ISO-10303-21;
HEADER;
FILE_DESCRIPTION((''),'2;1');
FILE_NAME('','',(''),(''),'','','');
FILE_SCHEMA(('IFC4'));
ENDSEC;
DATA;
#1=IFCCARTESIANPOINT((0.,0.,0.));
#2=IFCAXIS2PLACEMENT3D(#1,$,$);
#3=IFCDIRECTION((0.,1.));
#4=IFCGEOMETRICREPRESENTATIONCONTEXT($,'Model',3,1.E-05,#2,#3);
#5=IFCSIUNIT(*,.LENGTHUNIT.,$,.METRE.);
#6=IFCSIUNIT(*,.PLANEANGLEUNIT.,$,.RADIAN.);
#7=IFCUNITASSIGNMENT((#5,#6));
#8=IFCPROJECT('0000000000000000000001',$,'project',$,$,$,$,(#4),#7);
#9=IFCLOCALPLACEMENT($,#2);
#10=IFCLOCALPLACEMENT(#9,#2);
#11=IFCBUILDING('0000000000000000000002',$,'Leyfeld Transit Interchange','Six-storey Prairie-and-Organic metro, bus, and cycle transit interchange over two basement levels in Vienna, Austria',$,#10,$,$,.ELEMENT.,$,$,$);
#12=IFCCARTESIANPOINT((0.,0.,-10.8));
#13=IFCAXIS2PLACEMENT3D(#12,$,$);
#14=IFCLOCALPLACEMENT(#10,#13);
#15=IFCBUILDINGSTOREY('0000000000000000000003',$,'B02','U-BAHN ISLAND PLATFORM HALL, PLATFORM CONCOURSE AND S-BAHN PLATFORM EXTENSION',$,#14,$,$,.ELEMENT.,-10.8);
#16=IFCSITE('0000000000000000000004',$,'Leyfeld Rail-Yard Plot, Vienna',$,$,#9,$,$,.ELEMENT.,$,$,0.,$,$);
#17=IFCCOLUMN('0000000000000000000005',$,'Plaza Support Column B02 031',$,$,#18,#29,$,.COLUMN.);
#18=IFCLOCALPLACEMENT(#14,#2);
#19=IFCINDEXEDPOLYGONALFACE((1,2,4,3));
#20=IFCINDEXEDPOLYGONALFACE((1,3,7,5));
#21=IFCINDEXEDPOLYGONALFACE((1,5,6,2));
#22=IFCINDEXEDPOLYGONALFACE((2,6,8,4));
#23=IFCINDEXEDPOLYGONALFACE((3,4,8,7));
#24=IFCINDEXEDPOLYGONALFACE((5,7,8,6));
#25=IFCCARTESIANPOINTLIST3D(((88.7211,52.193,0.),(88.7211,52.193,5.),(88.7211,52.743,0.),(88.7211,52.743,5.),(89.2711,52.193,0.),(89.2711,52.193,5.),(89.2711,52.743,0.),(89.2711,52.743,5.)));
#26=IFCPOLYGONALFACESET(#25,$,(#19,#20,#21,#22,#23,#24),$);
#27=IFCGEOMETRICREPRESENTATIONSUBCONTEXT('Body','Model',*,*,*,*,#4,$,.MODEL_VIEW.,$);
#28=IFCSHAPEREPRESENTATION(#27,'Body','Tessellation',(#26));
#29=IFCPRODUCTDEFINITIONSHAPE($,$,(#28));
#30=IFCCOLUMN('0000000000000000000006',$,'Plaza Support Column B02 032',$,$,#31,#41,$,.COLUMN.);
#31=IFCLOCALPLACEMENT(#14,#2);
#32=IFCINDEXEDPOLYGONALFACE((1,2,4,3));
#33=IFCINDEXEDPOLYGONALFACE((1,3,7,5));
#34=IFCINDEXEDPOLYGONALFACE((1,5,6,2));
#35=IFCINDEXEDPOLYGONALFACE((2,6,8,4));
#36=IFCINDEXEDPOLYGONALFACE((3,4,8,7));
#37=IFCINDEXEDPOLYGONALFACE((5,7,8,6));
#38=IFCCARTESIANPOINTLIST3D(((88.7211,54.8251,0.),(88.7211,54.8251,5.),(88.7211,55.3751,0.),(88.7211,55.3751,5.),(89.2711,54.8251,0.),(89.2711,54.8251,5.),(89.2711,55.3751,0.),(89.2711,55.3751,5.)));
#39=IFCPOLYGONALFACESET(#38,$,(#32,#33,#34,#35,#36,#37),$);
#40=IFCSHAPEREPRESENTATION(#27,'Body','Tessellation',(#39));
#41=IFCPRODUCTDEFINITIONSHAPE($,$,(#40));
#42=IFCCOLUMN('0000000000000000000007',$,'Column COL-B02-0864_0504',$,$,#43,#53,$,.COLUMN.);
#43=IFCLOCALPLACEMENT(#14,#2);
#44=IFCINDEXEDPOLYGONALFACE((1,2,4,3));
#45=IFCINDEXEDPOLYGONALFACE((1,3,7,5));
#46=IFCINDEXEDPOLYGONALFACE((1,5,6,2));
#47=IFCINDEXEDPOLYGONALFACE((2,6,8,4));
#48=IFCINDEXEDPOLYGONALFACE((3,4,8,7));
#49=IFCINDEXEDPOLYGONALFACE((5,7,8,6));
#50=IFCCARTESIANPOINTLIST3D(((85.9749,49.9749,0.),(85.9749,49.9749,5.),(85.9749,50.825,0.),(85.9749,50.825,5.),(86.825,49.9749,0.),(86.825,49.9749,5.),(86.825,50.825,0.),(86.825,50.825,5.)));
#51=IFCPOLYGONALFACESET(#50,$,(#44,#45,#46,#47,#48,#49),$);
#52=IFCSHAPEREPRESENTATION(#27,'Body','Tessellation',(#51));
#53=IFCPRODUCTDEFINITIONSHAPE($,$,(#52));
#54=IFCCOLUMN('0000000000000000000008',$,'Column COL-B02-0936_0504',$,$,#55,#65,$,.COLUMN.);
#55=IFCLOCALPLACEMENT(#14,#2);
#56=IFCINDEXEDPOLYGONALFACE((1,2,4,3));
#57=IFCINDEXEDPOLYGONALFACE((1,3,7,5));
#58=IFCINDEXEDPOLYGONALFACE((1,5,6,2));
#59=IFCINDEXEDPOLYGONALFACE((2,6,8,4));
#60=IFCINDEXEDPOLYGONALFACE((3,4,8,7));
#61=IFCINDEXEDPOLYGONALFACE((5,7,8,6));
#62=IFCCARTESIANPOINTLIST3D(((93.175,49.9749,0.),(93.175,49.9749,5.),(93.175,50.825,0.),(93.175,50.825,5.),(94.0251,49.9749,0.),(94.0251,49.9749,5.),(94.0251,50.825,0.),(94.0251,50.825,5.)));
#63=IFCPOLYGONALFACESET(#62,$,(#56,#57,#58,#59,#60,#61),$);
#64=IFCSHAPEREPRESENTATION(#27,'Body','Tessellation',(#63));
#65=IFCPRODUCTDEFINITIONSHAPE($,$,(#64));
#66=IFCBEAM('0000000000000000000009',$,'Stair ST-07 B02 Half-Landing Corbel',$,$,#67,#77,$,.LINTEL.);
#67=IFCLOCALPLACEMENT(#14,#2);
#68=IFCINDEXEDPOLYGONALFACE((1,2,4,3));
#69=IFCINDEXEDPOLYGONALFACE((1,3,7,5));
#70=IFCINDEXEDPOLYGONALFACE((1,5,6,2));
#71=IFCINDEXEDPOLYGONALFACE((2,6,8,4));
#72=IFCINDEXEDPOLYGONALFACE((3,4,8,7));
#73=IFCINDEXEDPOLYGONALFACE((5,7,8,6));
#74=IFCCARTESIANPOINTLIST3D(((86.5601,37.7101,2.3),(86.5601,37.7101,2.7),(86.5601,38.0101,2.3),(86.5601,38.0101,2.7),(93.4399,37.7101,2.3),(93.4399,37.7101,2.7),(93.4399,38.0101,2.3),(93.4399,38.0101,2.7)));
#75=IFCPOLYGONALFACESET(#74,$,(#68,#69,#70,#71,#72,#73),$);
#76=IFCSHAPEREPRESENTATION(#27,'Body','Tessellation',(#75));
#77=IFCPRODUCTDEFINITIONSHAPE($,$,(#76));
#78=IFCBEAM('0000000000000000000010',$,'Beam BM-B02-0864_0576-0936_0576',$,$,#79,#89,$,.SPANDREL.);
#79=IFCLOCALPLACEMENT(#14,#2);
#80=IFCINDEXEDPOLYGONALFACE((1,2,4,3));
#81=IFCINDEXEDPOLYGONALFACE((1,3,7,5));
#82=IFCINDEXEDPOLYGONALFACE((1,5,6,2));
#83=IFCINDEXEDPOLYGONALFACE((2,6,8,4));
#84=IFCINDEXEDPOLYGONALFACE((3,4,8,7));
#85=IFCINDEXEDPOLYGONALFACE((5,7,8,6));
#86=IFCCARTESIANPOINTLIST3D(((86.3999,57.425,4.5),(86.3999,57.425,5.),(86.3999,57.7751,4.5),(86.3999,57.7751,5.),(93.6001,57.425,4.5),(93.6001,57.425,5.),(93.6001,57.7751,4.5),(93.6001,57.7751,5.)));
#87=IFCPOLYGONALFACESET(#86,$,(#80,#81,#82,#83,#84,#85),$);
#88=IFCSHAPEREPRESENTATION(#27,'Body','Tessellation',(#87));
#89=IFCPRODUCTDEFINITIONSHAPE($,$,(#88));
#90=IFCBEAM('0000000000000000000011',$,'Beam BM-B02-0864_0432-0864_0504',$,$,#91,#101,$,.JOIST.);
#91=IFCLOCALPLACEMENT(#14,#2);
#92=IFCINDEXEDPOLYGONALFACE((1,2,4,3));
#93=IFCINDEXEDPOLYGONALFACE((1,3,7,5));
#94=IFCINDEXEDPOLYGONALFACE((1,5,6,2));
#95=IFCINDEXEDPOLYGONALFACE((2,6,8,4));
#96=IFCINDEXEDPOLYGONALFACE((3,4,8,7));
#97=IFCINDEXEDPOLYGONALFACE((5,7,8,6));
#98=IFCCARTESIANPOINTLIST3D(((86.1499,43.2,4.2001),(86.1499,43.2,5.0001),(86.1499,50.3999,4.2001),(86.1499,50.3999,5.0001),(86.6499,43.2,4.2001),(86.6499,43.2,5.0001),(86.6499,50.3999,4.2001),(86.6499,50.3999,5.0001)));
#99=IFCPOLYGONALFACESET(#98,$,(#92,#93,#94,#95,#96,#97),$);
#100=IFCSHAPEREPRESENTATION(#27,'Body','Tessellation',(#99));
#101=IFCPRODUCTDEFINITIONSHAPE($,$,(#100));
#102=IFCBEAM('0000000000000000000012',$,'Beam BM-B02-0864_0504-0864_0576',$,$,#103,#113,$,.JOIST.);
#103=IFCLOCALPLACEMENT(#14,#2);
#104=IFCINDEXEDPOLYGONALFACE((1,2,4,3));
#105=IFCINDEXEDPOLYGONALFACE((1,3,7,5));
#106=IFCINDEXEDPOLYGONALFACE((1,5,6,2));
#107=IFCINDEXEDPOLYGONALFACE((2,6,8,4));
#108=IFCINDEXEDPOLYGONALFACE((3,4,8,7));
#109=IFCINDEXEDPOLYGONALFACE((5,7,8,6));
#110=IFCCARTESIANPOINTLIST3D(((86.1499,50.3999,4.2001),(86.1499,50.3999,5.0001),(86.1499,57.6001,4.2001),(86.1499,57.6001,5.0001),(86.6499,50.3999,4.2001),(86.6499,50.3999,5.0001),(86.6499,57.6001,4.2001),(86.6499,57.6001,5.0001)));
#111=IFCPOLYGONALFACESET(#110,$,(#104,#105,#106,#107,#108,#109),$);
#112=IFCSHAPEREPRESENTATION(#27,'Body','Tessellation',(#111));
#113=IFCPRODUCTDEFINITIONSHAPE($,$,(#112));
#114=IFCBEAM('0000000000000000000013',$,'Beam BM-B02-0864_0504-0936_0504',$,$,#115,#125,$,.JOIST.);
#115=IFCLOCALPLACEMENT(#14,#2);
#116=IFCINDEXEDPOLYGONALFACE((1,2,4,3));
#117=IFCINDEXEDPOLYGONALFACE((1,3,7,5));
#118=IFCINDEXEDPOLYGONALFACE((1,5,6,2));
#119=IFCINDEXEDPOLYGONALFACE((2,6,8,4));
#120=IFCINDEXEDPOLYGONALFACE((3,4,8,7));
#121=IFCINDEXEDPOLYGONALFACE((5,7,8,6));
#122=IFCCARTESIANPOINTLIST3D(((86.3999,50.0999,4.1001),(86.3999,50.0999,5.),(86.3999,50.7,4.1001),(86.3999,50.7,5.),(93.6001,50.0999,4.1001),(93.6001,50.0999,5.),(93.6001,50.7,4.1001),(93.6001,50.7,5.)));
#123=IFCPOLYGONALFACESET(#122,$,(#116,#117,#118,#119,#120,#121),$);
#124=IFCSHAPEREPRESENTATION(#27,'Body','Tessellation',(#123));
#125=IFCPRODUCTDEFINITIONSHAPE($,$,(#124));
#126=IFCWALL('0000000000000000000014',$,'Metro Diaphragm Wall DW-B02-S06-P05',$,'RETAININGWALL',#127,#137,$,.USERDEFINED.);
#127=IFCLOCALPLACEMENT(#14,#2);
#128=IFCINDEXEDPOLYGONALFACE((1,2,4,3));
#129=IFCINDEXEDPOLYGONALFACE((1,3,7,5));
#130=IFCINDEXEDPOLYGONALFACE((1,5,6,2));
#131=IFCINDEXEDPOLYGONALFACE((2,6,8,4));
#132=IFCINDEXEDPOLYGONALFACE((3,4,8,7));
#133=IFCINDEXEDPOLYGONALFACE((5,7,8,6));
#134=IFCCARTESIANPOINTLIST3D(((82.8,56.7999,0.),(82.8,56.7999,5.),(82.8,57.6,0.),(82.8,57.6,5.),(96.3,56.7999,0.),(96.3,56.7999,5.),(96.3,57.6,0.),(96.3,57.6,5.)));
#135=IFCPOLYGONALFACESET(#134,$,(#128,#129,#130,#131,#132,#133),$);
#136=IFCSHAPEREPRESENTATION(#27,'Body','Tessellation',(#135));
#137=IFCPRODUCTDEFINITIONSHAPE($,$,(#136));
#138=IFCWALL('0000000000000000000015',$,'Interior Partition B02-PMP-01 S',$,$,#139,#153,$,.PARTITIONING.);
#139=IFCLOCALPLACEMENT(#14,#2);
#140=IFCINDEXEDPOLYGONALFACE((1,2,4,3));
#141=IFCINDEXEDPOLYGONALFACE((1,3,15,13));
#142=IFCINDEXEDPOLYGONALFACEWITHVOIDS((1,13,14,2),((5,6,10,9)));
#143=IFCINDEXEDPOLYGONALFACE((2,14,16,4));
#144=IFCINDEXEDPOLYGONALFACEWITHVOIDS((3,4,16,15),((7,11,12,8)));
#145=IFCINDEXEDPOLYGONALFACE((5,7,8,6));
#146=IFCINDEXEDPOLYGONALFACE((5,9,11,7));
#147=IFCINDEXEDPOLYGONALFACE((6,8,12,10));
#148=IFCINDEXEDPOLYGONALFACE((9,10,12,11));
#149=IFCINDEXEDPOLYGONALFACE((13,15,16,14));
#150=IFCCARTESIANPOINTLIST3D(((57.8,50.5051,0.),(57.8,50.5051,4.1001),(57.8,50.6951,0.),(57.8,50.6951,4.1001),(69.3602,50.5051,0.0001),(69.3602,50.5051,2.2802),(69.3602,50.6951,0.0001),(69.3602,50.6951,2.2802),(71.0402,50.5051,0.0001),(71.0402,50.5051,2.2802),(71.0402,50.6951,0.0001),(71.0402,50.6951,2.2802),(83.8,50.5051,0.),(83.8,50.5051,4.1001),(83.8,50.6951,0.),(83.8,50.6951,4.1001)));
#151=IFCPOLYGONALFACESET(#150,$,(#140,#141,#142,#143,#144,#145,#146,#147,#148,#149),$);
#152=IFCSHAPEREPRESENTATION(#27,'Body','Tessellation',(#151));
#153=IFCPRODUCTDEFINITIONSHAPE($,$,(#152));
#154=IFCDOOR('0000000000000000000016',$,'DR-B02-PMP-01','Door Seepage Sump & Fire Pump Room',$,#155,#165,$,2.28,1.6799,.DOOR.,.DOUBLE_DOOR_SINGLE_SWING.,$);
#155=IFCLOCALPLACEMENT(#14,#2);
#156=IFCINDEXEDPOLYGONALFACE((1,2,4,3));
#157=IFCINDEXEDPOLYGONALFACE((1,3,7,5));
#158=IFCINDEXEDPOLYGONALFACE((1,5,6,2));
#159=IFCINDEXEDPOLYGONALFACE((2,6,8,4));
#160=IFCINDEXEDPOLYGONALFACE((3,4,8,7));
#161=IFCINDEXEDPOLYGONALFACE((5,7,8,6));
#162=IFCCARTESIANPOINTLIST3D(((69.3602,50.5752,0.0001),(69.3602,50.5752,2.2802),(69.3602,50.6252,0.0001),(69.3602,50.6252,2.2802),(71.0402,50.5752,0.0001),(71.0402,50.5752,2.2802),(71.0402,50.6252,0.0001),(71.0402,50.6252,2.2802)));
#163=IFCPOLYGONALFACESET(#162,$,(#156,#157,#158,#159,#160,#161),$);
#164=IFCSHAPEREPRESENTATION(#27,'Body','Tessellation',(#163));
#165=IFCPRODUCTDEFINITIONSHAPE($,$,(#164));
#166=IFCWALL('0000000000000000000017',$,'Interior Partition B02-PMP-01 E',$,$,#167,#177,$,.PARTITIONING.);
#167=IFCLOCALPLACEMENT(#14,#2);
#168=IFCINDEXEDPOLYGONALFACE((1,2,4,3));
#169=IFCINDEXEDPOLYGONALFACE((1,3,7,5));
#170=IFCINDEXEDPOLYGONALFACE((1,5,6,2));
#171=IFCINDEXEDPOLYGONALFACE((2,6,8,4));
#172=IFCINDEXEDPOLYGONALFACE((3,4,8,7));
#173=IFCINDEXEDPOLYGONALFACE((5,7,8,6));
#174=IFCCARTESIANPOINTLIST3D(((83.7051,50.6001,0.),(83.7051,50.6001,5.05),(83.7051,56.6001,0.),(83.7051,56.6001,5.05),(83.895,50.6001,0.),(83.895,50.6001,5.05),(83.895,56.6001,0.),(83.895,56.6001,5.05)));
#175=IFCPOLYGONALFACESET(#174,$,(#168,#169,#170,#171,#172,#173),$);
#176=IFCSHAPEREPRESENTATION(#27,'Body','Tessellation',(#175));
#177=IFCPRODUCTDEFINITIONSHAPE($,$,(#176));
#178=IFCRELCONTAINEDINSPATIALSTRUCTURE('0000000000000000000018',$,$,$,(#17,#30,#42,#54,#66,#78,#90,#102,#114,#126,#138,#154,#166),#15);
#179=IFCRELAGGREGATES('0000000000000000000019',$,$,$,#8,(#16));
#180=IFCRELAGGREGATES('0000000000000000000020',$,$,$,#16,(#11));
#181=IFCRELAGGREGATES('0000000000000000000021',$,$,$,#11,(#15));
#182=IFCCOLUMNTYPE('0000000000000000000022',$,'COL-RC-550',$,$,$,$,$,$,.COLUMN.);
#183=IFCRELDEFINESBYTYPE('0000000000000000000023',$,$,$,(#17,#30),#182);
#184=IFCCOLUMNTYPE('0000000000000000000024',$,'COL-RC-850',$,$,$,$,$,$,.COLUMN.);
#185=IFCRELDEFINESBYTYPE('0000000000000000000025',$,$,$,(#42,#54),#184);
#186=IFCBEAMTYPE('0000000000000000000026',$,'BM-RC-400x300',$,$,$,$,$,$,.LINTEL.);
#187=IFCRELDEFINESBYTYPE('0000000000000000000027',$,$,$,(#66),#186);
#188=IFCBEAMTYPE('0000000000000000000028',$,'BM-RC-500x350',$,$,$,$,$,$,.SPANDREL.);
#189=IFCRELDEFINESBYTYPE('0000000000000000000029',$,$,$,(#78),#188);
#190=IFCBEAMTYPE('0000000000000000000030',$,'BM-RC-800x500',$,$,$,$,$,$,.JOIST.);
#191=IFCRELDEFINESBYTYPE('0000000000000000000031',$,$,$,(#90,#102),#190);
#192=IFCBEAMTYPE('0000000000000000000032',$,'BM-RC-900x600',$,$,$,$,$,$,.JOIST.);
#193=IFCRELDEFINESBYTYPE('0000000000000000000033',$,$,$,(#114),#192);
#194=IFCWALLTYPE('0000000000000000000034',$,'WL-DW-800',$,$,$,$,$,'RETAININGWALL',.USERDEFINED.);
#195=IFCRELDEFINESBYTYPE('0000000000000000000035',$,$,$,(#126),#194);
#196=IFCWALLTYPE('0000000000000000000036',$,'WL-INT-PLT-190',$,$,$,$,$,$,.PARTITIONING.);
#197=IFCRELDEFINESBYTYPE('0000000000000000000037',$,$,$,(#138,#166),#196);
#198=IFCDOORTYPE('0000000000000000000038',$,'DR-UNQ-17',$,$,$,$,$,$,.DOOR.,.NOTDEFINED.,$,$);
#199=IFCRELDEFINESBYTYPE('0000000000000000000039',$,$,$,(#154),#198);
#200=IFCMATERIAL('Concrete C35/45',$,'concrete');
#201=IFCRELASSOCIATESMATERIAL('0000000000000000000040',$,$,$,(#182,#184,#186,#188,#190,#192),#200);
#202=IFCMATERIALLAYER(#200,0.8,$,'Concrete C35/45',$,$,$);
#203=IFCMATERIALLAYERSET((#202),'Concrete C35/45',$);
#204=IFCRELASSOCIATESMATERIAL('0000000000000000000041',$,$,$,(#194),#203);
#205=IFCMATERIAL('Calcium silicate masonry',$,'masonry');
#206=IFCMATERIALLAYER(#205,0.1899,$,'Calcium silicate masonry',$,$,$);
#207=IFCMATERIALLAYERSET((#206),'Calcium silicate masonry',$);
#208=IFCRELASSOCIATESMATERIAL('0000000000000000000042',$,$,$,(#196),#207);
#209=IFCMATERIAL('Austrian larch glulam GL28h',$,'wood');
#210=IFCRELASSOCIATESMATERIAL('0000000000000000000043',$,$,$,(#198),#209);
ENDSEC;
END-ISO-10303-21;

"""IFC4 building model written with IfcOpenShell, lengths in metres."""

from ifc_helpers import new_model, si_unit, direction, frame, frame_2d, origin, origin_2d, place, context, subcontext, project, spatial, rectangle, extrude, material, layer, layer_set, material_profile, profile_set, type_object, element, fill, save


model = new_model("IFC4")

# Units and contexts
model_context = context("Model", 3, precision=1e-05, world=origin(), true_north=direction((0.0, 1.0)))
body_context = subcontext(model_context, "Body", "Model", "MODEL_VIEW")
ifc_project = project(units=[si_unit("LENGTHUNIT", "METRE"), si_unit("PLANEANGLEUNIT", "RADIAN")], contexts=[model_context])

# Site, building, storey
site_placement = place(None, origin())
site = spatial("IfcSite", under=ifc_project, at=site_placement, Name="Leyfeld Rail-Yard Plot, Vienna", CompositionType="ELEMENT", RefElevation=0.0)
building_placement = place(site_placement, origin())
building = spatial("IfcBuilding", under=site, at=building_placement, Name="Leyfeld Transit Interchange", Description="Six-storey Prairie-and-Organic metro, bus, and cycle transit interchange over two basement levels in Vienna, Austria", CompositionType="ELEMENT")
storey_placement = place(building_placement, frame((0.0, 0.0, -10.8)))
storey = spatial("IfcBuildingStorey", under=building, at=storey_placement, Name="B02", Description="U-BAHN ISLAND PLATFORM HALL, PLATFORM CONCOURSE AND S-BAHN PLATFORM EXTENSION", CompositionType="ELEMENT", Elevation=-10.8)

# Shared definitions
ifc_material_1 = material(Name="Concrete C35/45", Category="concrete")

# Columns
ifc_material_profile_1 = material_profile(ifc_material_1, rectangle(XDim=0.55, YDim=0.55, at=origin_2d()), Name="RC 550x550")
ifc_profile_set_1 = profile_set([ifc_material_profile_1], Name="Concrete C35/45")
column_type_1 = type_object("IfcColumnType", Name="COL-RC-550", PredefinedType="COLUMN", material=ifc_profile_set_1)
for number, where, z_axis, x_axis, name in (
    (1, (88.9961, 52.468, 0.0), (0.0, 0.0, 1.0), (1.0, 0.0, 0.0), "Plaza Support Column B02 031"),
    (2, (88.9961, 55.1001, 0.0), (0.0, 0.0, 1.0), (1.0, 0.0, 0.0), "Plaza Support Column B02 032"),
):
    element("IfcColumn", number, at=place(storey_placement, frame(where, z_axis=z_axis, x_axis=x_axis)), inside=storey, type_object=column_type_1, Name=name, PredefinedType="COLUMN", context=body_context, shape_type="SweptSolid", body=[
        extrude(rectangle(XDim=0.55, YDim=0.55, at=origin_2d()), origin(), (0.0, 0.0, 1.0), 5.0),
    ])
ifc_material_profile_2 = material_profile(ifc_material_1, rectangle(XDim=0.8501, YDim=0.8501, at=origin_2d()), Name="RC 850x850")
ifc_profile_set_2 = profile_set([ifc_material_profile_2], Name="Concrete C35/45")
column_type_2 = type_object("IfcColumnType", Name="COL-RC-850", PredefinedType="COLUMN", material=ifc_profile_set_2)
for number, where, z_axis, x_axis, name in (
    (3, (86.3999, 50.3999, 0.0), (0.0, 0.0, 1.0), (1.0, 0.0, 0.0), "Column COL-B02-0864_0504"),
    (4, (93.6001, 50.3999, 0.0), (0.0, 0.0, 1.0), (1.0, 0.0, 0.0), "Column COL-B02-0936_0504"),
):
    element("IfcColumn", number, at=place(storey_placement, frame(where, z_axis=z_axis, x_axis=x_axis)), inside=storey, type_object=column_type_2, Name=name, PredefinedType="COLUMN", context=body_context, shape_type="SweptSolid", body=[
        extrude(rectangle(XDim=0.8501, YDim=0.8501, at=origin_2d()), origin(), (0.0, 0.0, 1.0), 5.0),
    ])

# Beams
ifc_material_profile_3 = material_profile(ifc_material_1, rectangle(XDim=0.3, YDim=0.3999, at=origin_2d()), Name="RC 400x300")
ifc_profile_set_3 = profile_set([ifc_material_profile_3], Name="Concrete C35/45")
beam_type_1 = type_object("IfcBeamType", Name="BM-RC-400x300", PredefinedType="LINTEL", material=ifc_profile_set_3)
beam_1_placement = place(storey_placement, frame((86.5601, 37.8601, 2.5), z_axis=(1.0, 0.0, 0.0), x_axis=(0.0, 1.0, 0.0)))
element("IfcBeam", 5, at=beam_1_placement, inside=storey, type_object=beam_type_1, Name="Stair ST-07 B02 Half-Landing Corbel", PredefinedType="LINTEL", context=body_context, shape_type="SweptSolid", body=[
    extrude(rectangle(XDim=0.3, YDim=0.3999, at=origin_2d()), origin(), (0.0, 0.0, 1.0), 6.8799),
])
ifc_material_profile_4 = material_profile(ifc_material_1, rectangle(XDim=0.3501, YDim=0.5, at=origin_2d()), Name="RC 500x350")
ifc_profile_set_4 = profile_set([ifc_material_profile_4], Name="Concrete C35/45")
beam_type_2 = type_object("IfcBeamType", Name="BM-RC-500x350", PredefinedType="SPANDREL", material=ifc_profile_set_4)
beam_2_placement = place(storey_placement, frame((86.3999, 57.6001, 4.75), z_axis=(1.0, 0.0, 0.0), x_axis=(0.0, 1.0, 0.0)))
element("IfcBeam", 6, at=beam_2_placement, inside=storey, type_object=beam_type_2, Name="Beam BM-B02-0864_0576-0936_0576", PredefinedType="SPANDREL", context=body_context, shape_type="SweptSolid", body=[
    extrude(rectangle(XDim=0.3501, YDim=0.5, at=origin_2d()), origin(), (0.0, 0.0, 1.0), 7.2002),
])
ifc_material_profile_5 = material_profile(ifc_material_1, rectangle(XDim=0.5, YDim=0.8, at=origin_2d()), Name="RC 800x500")
ifc_profile_set_5 = profile_set([ifc_material_profile_5], Name="Concrete C35/45")
beam_type_3 = type_object("IfcBeamType", Name="BM-RC-800x500", PredefinedType="JOIST", material=ifc_profile_set_5)
beam_3_placement = place(storey_placement, frame((86.3999, 43.2, 4.6001), z_axis=(0.0, 1.0, 0.0), x_axis=(-1.0, 0.0, 0.0)))
element("IfcBeam", 7, at=beam_3_placement, inside=storey, type_object=beam_type_3, Name="Beam BM-B02-0864_0432-0864_0504", PredefinedType="JOIST", context=body_context, shape_type="SweptSolid", body=[
    extrude(rectangle(XDim=0.5, YDim=0.8, at=origin_2d()), origin(), (0.0, 0.0, 1.0), 7.2),
])
beam_4_placement = place(storey_placement, frame((86.3999, 50.3999, 4.6001), z_axis=(0.0, 1.0, 0.0), x_axis=(-1.0, 0.0, 0.0)))
element("IfcBeam", 8, at=beam_4_placement, inside=storey, type_object=beam_type_3, Name="Beam BM-B02-0864_0504-0864_0576", PredefinedType="JOIST", context=body_context, shape_type="SweptSolid", body=[
    extrude(rectangle(XDim=0.5, YDim=0.8, at=origin_2d()), origin(), (0.0, 0.0, 1.0), 7.2002),
])
ifc_material_profile_6 = material_profile(ifc_material_1, rectangle(XDim=0.6001, YDim=0.8999, at=origin_2d()), Name="RC 900x600")
ifc_profile_set_6 = profile_set([ifc_material_profile_6], Name="Concrete C35/45")
beam_type_4 = type_object("IfcBeamType", Name="BM-RC-900x600", PredefinedType="JOIST", material=ifc_profile_set_6)
beam_5_placement = place(storey_placement, frame((86.3999, 50.3999, 4.55), z_axis=(1.0, 0.0, 0.0), x_axis=(0.0, 1.0, 0.0)))
element("IfcBeam", 9, at=beam_5_placement, inside=storey, type_object=beam_type_4, Name="Beam BM-B02-0864_0504-0936_0504", PredefinedType="JOIST", context=body_context, shape_type="SweptSolid", body=[
    extrude(rectangle(XDim=0.6001, YDim=0.8999, at=origin_2d()), origin(), (0.0, 0.0, 1.0), 7.2002),
])

# Wall
ifc_layer_1 = layer(ifc_material_1, 0.8, Name="Concrete C35/45")
ifc_layer_set_1 = layer_set([ifc_layer_1], Name="Concrete C35/45")
wall_type_1 = type_object("IfcWallType", Name="WL-DW-800", ElementType="RETAININGWALL", PredefinedType="USERDEFINED", material=ifc_layer_set_1)
wall_1_placement = place(storey_placement, frame((82.8, 57.2, 0.0), z_axis=(0.0, 0.0, 1.0), x_axis=(1.0, 0.0, 0.0)))
element("IfcWall", 10, at=wall_1_placement, inside=storey, type_object=wall_type_1, Name="Metro Diaphragm Wall DW-B02-S06-P05", ObjectType="RETAININGWALL", PredefinedType="USERDEFINED", context=body_context, shape_type="SweptSolid", body=[
    extrude(rectangle(XDim=13.5, YDim=0.8, at=frame_2d((6.75, 0.0))), origin(), (0.0, 0.0, 1.0), 5.0),
])

# Wall, opening, door
ifc_material_2 = material(Name="Calcium silicate masonry", Category="masonry")
ifc_layer_2 = layer(ifc_material_2, 0.1899, Name="Calcium silicate masonry")
ifc_layer_set_2 = layer_set([ifc_layer_2], Name="Calcium silicate masonry")
wall_type_2 = type_object("IfcWallType", Name="WL-INT-PLT-190", PredefinedType="PARTITIONING", material=ifc_layer_set_2)
wall_2_placement = place(storey_placement, frame((83.8, 50.6001, 0.0), z_axis=(0.0, 0.0, 1.0), x_axis=(-1.0, 0.0, 0.0)))
wall_2 = element("IfcWall", 11, at=wall_2_placement, inside=storey, type_object=wall_type_2, Name="Interior Partition B02-PMP-01 S", PredefinedType="PARTITIONING", context=body_context, shape_type="SweptSolid", body=[
    extrude(rectangle(XDim=26.0, YDim=0.1899, at=frame_2d((13.0, 0.0))), origin(), (0.0, 0.0, 1.0), 4.1001),
])
opening_1_placement = place(wall_2_placement, frame((12.76, 0.0, 0.0)))
opening_1 = element("IfcOpeningElement", 12, at=opening_1_placement, cuts=wall_2, PredefinedType="OPENING", context=body_context, shape_type="SweptSolid", body=[
    extrude(rectangle(XDim=1.6799, YDim=2.28, at=frame_2d((0.8398, 1.1401))), frame((0.0, 0.105, 0.0), z_axis=(0.0, -1.0, 0.0), x_axis=(1.0, 0.0, 0.0)), (0.0, 0.0, 1.0), 0.21),
])
ifc_material_3 = material(Name="Austrian larch glulam GL28h", Category="wood")
door_type_1 = type_object("IfcDoorType", Name="DR-UNQ-17", OperationType="NOTDEFINED", PredefinedType="DOOR", material=ifc_material_3)
door_1_placement = place(opening_1_placement, origin())
door_1 = element("IfcDoor", 13, at=door_1_placement, inside=storey, type_object=door_type_1, Name="DR-B02-PMP-01", Description="Door Seepage Sump & Fire Pump Room", OperationType="DOUBLE_DOOR_SINGLE_SWING", OverallHeight=2.28, OverallWidth=1.6799, PredefinedType="DOOR", context=body_context, shape_type="SweptSolid", body=[
    extrude(rectangle(XDim=1.6799, YDim=2.28, at=frame_2d((0.8398, 1.1401))), frame((0.0, 0.0249, 0.0), z_axis=(0.0, -1.0, 0.0), x_axis=(1.0, 0.0, 0.0)), (0.0, 0.0, 1.0), 0.05),
])
fill(opening_1, door_1)

# Wall
wall_3_placement = place(storey_placement, frame((83.8, 56.6001, 0.0), z_axis=(0.0, 0.0, 1.0), x_axis=(0.0, -1.0, 0.0)))
element("IfcWall", 14, at=wall_3_placement, inside=storey, type_object=wall_type_2, Name="Interior Partition B02-PMP-01 E", PredefinedType="PARTITIONING", context=body_context, shape_type="SweptSolid", body=[
    extrude(rectangle(XDim=6.0, YDim=0.1899, at=frame_2d((3.0, 0.0))), origin(), (0.0, 0.0, 1.0), 5.05),
])

save(model, "model.ifc")
